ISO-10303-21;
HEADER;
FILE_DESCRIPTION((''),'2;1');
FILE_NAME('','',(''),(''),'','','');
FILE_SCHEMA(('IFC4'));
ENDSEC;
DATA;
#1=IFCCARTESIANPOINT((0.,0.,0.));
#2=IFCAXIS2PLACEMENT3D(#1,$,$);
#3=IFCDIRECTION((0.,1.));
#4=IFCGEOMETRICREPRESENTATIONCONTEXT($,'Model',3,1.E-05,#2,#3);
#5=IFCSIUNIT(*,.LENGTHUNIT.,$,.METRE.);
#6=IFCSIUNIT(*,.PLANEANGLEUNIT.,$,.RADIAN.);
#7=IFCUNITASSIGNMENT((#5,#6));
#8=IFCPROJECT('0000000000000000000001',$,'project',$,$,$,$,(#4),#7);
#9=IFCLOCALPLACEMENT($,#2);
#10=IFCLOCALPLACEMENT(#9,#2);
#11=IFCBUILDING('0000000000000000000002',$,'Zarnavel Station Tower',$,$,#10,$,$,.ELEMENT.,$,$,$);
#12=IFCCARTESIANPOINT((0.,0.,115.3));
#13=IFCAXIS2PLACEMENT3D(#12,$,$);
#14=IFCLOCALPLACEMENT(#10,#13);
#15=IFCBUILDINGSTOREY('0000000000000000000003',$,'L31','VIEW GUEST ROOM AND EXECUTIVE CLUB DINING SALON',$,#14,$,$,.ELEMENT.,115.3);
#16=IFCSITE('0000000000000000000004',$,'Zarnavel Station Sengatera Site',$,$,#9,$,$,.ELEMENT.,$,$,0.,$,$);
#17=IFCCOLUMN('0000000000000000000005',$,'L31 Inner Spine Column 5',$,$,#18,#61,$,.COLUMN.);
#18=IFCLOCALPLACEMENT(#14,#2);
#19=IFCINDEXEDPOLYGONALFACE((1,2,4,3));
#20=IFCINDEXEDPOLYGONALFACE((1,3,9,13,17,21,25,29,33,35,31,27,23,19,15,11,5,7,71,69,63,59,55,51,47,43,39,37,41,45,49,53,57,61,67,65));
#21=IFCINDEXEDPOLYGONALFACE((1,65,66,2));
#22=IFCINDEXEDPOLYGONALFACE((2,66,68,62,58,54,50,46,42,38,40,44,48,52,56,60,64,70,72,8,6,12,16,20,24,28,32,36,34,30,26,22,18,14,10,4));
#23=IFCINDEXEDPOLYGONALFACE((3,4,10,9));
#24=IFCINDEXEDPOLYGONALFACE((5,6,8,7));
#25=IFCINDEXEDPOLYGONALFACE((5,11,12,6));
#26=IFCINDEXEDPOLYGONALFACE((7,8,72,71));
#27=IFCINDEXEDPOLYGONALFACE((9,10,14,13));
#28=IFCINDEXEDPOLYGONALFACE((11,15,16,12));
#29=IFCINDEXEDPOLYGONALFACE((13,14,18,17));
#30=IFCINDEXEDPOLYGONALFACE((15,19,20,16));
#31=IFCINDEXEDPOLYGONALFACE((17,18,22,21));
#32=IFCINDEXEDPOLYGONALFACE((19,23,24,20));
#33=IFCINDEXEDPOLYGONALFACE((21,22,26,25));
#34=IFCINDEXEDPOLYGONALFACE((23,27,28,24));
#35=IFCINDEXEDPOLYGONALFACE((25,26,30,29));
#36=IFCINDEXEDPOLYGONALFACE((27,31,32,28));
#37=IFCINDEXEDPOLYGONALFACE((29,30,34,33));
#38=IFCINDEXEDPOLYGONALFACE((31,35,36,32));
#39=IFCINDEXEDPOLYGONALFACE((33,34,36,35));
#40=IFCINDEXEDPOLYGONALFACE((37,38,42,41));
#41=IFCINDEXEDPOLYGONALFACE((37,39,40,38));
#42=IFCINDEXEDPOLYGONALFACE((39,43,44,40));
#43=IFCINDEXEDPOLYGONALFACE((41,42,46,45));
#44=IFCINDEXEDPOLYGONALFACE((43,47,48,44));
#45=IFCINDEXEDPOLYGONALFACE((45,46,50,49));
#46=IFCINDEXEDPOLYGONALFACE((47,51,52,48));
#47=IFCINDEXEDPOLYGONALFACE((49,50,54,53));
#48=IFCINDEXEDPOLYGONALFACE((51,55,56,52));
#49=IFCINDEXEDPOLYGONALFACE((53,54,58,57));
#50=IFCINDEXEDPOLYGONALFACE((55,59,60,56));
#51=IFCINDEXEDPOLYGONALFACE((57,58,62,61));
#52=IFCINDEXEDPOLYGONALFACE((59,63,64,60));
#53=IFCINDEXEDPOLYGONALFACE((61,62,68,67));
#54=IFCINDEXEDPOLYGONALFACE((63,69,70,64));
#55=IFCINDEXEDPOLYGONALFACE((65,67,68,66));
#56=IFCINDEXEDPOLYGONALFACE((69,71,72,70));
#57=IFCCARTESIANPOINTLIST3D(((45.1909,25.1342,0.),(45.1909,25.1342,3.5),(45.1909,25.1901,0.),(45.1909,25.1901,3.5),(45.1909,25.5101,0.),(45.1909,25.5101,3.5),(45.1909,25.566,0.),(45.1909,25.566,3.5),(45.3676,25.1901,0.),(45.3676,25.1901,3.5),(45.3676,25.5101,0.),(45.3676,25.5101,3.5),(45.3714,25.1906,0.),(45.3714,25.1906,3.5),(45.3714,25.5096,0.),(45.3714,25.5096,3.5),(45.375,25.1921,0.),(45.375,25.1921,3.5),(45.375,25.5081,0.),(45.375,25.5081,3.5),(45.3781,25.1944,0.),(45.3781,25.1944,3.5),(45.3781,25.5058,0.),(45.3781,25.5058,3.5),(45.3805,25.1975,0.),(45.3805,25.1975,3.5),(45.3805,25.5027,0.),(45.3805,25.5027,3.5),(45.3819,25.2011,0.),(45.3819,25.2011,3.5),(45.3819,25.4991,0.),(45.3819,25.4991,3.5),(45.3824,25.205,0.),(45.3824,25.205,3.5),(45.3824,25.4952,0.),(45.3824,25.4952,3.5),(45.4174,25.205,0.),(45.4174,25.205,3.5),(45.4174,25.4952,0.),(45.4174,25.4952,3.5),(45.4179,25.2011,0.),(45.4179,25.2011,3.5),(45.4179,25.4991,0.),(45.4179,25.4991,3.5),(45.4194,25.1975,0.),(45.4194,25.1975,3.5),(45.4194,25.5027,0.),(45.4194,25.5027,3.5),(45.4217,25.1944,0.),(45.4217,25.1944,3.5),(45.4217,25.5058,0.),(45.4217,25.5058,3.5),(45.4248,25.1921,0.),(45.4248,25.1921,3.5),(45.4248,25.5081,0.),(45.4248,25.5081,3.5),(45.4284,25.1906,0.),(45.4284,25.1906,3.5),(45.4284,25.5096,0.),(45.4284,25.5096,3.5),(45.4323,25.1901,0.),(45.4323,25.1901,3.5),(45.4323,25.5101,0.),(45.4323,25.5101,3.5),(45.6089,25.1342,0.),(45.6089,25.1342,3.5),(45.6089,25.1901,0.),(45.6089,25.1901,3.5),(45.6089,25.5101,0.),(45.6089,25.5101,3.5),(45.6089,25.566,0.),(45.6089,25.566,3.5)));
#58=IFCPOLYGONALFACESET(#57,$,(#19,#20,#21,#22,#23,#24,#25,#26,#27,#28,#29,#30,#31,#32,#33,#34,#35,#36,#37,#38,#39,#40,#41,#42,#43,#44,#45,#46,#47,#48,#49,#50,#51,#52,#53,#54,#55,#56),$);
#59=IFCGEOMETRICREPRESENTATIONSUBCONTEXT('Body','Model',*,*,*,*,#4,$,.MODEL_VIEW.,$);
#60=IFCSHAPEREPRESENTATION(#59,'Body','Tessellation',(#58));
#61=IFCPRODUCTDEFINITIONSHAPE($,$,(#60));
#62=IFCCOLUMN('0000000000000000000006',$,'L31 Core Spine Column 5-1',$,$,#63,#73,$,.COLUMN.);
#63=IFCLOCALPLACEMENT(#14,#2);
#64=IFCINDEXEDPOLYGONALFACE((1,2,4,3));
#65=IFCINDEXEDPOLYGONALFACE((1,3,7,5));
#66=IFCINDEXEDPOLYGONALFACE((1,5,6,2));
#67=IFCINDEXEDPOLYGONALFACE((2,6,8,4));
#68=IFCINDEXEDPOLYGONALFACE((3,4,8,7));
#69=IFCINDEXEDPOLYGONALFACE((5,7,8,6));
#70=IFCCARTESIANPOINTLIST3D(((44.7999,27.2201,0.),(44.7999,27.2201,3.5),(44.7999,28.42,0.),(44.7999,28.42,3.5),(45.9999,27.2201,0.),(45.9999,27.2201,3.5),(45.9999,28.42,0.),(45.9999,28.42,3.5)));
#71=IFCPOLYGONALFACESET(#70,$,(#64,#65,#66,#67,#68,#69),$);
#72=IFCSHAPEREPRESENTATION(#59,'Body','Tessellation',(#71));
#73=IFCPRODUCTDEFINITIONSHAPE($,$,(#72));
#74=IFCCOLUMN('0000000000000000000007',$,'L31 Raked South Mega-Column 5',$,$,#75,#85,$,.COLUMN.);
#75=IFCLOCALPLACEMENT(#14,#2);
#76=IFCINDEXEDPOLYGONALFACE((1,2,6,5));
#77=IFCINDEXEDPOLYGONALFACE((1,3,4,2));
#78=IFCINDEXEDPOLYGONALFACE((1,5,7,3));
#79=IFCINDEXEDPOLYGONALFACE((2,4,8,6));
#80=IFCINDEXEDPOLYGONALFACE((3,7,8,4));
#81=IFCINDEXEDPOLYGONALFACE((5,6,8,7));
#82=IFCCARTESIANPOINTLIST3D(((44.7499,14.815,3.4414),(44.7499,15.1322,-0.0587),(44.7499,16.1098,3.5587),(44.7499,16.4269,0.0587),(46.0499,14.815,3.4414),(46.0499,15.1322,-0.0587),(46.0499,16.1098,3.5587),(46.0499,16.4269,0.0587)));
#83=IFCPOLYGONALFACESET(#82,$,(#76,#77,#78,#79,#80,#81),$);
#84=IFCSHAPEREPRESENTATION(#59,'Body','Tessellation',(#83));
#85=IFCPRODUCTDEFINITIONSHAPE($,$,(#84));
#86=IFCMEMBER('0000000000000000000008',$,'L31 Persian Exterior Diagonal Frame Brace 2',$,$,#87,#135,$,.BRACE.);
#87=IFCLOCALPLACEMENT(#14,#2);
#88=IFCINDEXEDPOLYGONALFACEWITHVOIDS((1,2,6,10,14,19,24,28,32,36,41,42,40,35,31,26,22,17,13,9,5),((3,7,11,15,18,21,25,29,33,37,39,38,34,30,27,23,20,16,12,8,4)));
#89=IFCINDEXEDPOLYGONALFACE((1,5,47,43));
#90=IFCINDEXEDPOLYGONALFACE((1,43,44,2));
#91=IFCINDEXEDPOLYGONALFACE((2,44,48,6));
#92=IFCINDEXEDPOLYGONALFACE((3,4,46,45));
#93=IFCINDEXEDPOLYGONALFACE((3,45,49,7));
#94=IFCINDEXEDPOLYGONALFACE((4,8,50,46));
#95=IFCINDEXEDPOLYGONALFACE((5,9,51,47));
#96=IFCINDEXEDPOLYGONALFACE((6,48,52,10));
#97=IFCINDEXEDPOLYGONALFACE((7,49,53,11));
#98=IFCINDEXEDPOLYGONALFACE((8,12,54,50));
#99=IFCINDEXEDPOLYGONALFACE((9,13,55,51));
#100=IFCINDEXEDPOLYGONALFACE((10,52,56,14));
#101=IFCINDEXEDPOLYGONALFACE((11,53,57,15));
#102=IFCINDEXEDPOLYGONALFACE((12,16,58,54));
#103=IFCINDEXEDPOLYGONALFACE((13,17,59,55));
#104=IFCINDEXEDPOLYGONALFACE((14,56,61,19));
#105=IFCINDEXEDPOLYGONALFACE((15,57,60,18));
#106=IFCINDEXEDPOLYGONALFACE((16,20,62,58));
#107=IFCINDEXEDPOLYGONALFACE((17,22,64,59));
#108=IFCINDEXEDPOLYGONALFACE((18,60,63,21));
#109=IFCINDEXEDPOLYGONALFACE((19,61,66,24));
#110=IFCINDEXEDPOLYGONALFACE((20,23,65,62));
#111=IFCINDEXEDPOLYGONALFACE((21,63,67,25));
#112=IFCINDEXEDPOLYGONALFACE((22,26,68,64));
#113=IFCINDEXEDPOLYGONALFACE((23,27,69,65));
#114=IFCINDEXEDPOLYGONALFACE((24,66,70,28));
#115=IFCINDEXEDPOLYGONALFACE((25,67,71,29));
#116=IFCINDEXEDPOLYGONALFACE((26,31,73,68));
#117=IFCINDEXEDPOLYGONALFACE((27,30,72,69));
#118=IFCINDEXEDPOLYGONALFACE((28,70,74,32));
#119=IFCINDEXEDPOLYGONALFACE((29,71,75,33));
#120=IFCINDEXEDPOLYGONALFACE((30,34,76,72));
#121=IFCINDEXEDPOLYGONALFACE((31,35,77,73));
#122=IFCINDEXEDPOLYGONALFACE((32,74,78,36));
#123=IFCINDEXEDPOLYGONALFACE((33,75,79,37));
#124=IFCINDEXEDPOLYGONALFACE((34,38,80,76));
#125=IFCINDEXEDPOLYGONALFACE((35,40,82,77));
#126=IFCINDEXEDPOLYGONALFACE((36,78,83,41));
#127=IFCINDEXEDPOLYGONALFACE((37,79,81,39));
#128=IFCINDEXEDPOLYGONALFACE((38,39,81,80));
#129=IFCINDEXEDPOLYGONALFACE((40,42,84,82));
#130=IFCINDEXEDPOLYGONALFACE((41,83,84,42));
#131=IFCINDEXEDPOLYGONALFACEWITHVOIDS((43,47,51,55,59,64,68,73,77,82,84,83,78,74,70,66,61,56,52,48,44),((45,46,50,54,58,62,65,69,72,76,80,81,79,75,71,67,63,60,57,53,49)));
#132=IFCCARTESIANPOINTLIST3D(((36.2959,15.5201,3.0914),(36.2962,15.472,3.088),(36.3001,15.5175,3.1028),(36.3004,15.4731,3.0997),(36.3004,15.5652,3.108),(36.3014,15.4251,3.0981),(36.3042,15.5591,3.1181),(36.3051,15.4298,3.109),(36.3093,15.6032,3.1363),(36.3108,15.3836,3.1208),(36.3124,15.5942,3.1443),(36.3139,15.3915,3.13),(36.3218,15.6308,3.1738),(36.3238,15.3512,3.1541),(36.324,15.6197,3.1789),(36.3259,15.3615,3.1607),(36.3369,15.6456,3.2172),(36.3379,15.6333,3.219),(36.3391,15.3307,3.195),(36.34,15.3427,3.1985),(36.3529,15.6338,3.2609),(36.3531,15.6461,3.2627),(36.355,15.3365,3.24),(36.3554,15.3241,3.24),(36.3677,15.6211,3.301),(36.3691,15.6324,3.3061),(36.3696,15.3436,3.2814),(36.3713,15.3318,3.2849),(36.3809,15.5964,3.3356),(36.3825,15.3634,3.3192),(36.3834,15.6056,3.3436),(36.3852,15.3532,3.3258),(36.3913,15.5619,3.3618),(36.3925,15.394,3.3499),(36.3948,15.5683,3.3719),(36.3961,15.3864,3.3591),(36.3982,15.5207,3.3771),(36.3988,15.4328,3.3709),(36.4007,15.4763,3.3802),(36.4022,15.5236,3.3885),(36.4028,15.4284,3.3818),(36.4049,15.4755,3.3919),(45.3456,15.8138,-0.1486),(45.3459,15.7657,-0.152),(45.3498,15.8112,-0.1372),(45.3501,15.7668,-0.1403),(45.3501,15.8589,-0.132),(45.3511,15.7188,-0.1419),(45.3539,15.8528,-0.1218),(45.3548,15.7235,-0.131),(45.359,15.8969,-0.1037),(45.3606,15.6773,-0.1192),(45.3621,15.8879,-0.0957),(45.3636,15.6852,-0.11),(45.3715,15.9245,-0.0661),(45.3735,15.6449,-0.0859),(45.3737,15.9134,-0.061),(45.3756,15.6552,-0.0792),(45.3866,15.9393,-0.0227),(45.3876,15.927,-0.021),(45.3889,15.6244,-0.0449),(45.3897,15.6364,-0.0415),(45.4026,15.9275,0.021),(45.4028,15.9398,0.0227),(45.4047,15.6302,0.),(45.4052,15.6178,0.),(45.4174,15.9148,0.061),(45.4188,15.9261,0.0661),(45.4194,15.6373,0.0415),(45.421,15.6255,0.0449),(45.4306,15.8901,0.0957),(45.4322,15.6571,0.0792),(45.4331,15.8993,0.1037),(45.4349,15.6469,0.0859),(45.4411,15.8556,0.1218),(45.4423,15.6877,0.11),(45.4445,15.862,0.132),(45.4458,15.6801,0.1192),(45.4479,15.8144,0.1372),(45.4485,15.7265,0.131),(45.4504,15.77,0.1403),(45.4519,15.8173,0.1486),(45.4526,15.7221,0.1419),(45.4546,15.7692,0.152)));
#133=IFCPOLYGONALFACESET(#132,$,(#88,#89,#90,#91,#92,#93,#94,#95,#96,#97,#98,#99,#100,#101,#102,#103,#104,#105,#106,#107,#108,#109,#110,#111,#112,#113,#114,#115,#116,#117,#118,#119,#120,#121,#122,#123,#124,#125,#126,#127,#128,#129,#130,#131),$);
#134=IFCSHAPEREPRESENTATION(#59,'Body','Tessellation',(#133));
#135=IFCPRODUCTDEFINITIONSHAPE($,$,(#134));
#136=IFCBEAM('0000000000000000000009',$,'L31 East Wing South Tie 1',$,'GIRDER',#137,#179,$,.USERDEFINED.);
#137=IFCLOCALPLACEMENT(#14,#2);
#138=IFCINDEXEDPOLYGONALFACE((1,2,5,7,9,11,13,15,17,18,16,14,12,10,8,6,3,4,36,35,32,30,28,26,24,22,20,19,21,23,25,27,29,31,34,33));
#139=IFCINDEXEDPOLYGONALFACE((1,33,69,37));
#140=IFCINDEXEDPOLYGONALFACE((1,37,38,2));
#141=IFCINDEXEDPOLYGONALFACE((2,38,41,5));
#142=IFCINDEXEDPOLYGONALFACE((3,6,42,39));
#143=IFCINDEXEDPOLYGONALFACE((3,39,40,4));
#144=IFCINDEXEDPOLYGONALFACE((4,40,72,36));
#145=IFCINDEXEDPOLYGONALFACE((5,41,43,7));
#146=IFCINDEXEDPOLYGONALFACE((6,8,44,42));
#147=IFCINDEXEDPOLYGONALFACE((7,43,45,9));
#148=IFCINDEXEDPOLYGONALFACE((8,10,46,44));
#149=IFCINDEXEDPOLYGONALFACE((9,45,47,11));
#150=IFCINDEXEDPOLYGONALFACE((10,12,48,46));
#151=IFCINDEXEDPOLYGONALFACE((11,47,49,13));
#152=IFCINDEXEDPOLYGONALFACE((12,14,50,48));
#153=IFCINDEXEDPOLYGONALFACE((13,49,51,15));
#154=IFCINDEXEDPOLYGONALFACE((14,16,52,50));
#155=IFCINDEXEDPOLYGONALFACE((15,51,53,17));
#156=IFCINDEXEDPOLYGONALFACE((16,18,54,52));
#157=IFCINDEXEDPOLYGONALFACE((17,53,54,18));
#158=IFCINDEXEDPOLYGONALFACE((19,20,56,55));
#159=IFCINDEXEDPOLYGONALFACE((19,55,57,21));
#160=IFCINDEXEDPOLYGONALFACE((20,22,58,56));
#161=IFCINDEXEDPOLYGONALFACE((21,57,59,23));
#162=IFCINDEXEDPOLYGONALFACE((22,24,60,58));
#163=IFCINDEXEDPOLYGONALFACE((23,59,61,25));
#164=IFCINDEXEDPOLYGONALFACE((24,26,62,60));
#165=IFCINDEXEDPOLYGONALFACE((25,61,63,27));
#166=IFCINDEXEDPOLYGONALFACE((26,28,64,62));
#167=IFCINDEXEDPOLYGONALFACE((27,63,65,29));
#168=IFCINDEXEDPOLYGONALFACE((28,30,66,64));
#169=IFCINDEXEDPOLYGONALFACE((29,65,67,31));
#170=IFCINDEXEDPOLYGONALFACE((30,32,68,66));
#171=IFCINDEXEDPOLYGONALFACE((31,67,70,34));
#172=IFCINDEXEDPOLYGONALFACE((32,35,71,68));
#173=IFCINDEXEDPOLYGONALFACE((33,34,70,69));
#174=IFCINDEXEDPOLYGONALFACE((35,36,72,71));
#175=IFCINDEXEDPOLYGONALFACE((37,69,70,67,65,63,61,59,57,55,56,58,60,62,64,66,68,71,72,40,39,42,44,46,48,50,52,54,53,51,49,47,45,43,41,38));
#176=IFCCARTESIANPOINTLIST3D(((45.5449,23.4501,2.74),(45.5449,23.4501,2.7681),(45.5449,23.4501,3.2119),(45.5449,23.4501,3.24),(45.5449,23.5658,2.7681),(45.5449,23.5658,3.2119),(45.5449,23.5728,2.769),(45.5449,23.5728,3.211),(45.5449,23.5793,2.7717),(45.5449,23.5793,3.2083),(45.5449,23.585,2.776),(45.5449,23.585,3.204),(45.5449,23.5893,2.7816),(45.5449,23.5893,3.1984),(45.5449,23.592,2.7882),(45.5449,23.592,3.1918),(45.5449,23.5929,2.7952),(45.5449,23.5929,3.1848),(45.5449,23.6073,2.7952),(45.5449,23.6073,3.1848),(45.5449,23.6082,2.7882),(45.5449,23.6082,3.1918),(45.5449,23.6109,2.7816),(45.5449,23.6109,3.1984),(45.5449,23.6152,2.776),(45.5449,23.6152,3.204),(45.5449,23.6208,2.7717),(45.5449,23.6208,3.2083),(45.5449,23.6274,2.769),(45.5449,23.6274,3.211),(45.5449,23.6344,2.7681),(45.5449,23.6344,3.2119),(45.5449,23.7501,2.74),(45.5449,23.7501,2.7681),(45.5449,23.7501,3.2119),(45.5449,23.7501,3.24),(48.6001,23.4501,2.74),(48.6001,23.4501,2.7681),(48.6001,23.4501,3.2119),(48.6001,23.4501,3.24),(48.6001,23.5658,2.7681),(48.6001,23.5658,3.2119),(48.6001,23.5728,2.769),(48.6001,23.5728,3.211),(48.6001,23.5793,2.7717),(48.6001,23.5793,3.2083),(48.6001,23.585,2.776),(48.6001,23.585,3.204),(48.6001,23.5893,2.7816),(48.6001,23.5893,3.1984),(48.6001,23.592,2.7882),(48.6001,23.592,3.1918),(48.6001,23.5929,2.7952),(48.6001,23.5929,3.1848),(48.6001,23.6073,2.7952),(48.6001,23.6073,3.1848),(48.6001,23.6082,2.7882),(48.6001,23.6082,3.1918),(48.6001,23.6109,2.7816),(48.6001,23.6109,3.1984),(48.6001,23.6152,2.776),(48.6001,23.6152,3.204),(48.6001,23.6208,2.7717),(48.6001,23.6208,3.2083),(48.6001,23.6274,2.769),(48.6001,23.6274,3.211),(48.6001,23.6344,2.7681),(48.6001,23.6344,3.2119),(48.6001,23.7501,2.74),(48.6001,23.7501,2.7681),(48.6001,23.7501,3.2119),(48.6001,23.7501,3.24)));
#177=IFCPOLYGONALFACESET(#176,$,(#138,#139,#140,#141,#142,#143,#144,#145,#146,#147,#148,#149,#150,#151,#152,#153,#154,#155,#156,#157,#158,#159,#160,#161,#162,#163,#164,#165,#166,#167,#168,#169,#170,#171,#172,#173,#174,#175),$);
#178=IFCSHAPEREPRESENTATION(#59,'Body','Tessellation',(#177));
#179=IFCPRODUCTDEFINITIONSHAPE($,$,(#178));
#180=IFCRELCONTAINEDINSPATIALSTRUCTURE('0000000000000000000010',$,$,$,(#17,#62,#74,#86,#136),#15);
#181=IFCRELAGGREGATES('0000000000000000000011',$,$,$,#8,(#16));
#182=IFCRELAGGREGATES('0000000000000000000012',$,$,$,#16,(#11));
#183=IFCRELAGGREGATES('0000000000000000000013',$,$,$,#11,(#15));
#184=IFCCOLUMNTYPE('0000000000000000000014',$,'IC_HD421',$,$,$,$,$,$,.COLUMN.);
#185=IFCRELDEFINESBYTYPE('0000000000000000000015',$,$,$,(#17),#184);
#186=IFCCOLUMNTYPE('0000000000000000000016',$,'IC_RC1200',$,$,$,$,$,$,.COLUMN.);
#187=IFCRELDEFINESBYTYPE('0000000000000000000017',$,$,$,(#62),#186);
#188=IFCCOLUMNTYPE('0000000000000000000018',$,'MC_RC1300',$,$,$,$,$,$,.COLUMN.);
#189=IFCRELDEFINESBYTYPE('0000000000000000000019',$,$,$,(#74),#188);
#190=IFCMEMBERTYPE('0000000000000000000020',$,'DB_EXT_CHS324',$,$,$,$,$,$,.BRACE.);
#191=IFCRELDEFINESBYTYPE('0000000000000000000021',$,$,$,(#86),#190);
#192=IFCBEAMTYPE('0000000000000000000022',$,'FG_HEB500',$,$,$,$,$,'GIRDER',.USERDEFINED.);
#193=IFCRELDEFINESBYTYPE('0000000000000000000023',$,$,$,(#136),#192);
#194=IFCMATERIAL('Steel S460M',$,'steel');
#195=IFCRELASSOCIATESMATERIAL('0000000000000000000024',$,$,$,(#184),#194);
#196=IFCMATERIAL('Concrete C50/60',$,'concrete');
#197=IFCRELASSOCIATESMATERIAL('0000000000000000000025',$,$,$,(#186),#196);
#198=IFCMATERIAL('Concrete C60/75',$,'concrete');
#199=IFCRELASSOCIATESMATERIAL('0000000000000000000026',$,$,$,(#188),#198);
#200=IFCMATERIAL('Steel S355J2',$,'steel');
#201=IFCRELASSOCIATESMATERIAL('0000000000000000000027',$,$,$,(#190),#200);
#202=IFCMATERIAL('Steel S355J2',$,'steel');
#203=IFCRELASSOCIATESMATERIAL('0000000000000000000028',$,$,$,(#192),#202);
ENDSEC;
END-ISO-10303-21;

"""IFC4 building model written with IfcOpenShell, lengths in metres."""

from ifc_helpers import new_model, si_unit, direction, frame, origin, origin_2d, place, context, subcontext, project, spatial, rectangle, hollow_circle, i_section, extrude, material, material_profile, profile_set, type_object, element, save


model = new_model("IFC4")

# Units and contexts
model_context = context("Model", 3, precision=1e-05, world=origin(), true_north=direction((0.0, 1.0)))
body_context = subcontext(model_context, "Body", "Model", "MODEL_VIEW")
ifc_project = project(units=[si_unit("LENGTHUNIT", "METRE"), si_unit("PLANEANGLEUNIT", "RADIAN")], contexts=[model_context])

# Site, building, storey
site_placement = place(None, origin())
site = spatial("IfcSite", under=ifc_project, at=site_placement, Name="Zarnavel Station Sengatera Site", CompositionType="ELEMENT", RefElevation=0.0)
building_placement = place(site_placement, origin())
building = spatial("IfcBuilding", under=site, at=building_placement, Name="Zarnavel Station Tower", CompositionType="ELEMENT")
storey_placement = place(building_placement, frame((0.0, 0.0, 115.3)))
storey = spatial("IfcBuildingStorey", under=building, at=storey_placement, Name="L31", Description="VIEW GUEST ROOM AND EXECUTIVE CLUB DINING SALON", CompositionType="ELEMENT", Elevation=115.3)

# Columns
ifc_material_1 = material(Name="Steel S460M", Category="steel")
ifc_material_profile_1 = material_profile(ifc_material_1, i_section(OverallWidth=0.418, OverallDepth=0.4319, WebThickness=0.0349, FlangeThickness=0.0559, FilletRadius=0.0149, at=origin_2d()), Name="HD400x421")
ifc_profile_set_1 = profile_set([ifc_material_profile_1], Name="Steel S460M")
column_type_1 = type_object("IfcColumnType", Name="IC_HD421", PredefinedType="COLUMN", material=ifc_profile_set_1)
column_1_placement = place(storey_placement, frame((45.3999, 25.3501, 0.0), z_axis=(0.0, 0.0, 1.0), x_axis=(1.0, 0.0, 0.0)))
element("IfcColumn", 1, at=column_1_placement, inside=storey, type_object=column_type_1, Name="L31 Inner Spine Column 5", PredefinedType="COLUMN", context=body_context, shape_type="SweptSolid", body=[
    extrude(i_section(OverallWidth=0.418, OverallDepth=0.4319, WebThickness=0.0349, FlangeThickness=0.0559, FilletRadius=0.0149, at=origin_2d()), origin(), (0.0, 0.0, 1.0), 3.5),
])
ifc_material_2 = material(Name="Concrete C50/60", Category="concrete")
ifc_material_profile_2 = material_profile(ifc_material_2, rectangle(XDim=1.2, YDim=1.2, at=origin_2d()), Name="RC1200x1200")
ifc_profile_set_2 = profile_set([ifc_material_profile_2], Name="Concrete C50/60")
column_type_2 = type_object("IfcColumnType", Name="IC_RC1200", PredefinedType="COLUMN", material=ifc_profile_set_2)
column_2_placement = place(storey_placement, frame((45.3999, 27.8201, 0.0), z_axis=(0.0, 0.0, 1.0), x_axis=(1.0, 0.0, 0.0)))
element("IfcColumn", 2, at=column_2_placement, inside=storey, type_object=column_type_2, Name="L31 Core Spine Column 5-1", PredefinedType="COLUMN", context=body_context, shape_type="SweptSolid", body=[
    extrude(rectangle(XDim=1.2, YDim=1.2, at=origin_2d()), origin(), (0.0, 0.0, 1.0), 3.5),
])
ifc_material_3 = material(Name="Concrete C60/75", Category="concrete")
ifc_material_profile_3 = material_profile(ifc_material_3, rectangle(XDim=1.3, YDim=1.3, at=origin_2d()), Name="RC1300x1300")
ifc_profile_set_3 = profile_set([ifc_material_profile_3], Name="Concrete C60/75")
column_type_3 = type_object("IfcColumnType", Name="MC_RC1300", PredefinedType="COLUMN", material=ifc_profile_set_3)
column_3_placement = place(storey_placement, frame((45.3999, 15.7795, 0.0), z_axis=(0.0, -0.090241, 0.99592), x_axis=(1.0, 0.0, 0.0)))
element("IfcColumn", 3, at=column_3_placement, inside=storey, type_object=column_type_3, Name="L31 Raked South Mega-Column 5", PredefinedType="COLUMN", context=body_context, shape_type="SweptSolid", body=[
    extrude(rectangle(XDim=1.3, YDim=1.3, at=origin_2d()), origin(), (0.0, 0.0, 1.0), 3.5144),
])

# Member
ifc_material_4 = material(Name="Steel S355J2", Category="steel")
ifc_material_profile_4 = material_profile(ifc_material_4, hollow_circle(Radius=0.1619, WallThickness=0.0125, at=origin_2d()), Name="CHS323.9x12.5")
ifc_profile_set_4 = profile_set([ifc_material_profile_4], Name="Steel S355J2")
member_type = type_object("IfcMemberType", Name="DB_EXT_CHS324", PredefinedType="BRACE", material=ifc_profile_set_4)
member_placement = place(storey_placement, frame((45.3999, 15.7795, 0.0), z_axis=(-0.941042, -0.03054, 0.33691), x_axis=(0.032437, -0.999474, 0.0)))
element("IfcMember", 4, at=member_placement, inside=storey, type_object=member_type, Name="L31 Persian Exterior Diagonal Frame Brace 2", PredefinedType="BRACE", context=body_context, shape_type="SweptSolid", body=[
    extrude(hollow_circle(Radius=0.1619, WallThickness=0.0125, at=origin_2d()), origin(), (0.0, 0.0, 1.0), 9.6167),
])

# Beam
ifc_material_5 = material(Name="Steel S355J2", Category="steel")
ifc_material_profile_5 = material_profile(ifc_material_5, i_section(OverallWidth=0.3, OverallDepth=0.5, WebThickness=0.0144, FlangeThickness=0.0281, FilletRadius=0.0271, at=origin_2d()), Name="HEB500")
ifc_profile_set_5 = profile_set([ifc_material_profile_5], Name="Steel S355J2")
beam_type_1 = type_object("IfcBeamType", Name="FG_HEB500", ElementType="GIRDER", PredefinedType="USERDEFINED", material=ifc_profile_set_5)
beam_1_placement = place(storey_placement, frame((45.5449, 23.6001, 2.99), z_axis=(1.0, 0.0, 0.0), x_axis=(0.0, 1.0, 0.0)))
element("IfcBeam", 5, at=beam_1_placement, inside=storey, type_object=beam_type_1, Name="L31 East Wing South Tie 1", ObjectType="GIRDER", PredefinedType="USERDEFINED", context=body_context, shape_type="SweptSolid", body=[
    extrude(i_section(OverallWidth=0.3, OverallDepth=0.5, WebThickness=0.0144, FlangeThickness=0.0281, FilletRadius=0.0271, at=origin_2d()), origin(), (0.0, 0.0, 1.0), 3.0552),
])

save(model, "model.ifc")
